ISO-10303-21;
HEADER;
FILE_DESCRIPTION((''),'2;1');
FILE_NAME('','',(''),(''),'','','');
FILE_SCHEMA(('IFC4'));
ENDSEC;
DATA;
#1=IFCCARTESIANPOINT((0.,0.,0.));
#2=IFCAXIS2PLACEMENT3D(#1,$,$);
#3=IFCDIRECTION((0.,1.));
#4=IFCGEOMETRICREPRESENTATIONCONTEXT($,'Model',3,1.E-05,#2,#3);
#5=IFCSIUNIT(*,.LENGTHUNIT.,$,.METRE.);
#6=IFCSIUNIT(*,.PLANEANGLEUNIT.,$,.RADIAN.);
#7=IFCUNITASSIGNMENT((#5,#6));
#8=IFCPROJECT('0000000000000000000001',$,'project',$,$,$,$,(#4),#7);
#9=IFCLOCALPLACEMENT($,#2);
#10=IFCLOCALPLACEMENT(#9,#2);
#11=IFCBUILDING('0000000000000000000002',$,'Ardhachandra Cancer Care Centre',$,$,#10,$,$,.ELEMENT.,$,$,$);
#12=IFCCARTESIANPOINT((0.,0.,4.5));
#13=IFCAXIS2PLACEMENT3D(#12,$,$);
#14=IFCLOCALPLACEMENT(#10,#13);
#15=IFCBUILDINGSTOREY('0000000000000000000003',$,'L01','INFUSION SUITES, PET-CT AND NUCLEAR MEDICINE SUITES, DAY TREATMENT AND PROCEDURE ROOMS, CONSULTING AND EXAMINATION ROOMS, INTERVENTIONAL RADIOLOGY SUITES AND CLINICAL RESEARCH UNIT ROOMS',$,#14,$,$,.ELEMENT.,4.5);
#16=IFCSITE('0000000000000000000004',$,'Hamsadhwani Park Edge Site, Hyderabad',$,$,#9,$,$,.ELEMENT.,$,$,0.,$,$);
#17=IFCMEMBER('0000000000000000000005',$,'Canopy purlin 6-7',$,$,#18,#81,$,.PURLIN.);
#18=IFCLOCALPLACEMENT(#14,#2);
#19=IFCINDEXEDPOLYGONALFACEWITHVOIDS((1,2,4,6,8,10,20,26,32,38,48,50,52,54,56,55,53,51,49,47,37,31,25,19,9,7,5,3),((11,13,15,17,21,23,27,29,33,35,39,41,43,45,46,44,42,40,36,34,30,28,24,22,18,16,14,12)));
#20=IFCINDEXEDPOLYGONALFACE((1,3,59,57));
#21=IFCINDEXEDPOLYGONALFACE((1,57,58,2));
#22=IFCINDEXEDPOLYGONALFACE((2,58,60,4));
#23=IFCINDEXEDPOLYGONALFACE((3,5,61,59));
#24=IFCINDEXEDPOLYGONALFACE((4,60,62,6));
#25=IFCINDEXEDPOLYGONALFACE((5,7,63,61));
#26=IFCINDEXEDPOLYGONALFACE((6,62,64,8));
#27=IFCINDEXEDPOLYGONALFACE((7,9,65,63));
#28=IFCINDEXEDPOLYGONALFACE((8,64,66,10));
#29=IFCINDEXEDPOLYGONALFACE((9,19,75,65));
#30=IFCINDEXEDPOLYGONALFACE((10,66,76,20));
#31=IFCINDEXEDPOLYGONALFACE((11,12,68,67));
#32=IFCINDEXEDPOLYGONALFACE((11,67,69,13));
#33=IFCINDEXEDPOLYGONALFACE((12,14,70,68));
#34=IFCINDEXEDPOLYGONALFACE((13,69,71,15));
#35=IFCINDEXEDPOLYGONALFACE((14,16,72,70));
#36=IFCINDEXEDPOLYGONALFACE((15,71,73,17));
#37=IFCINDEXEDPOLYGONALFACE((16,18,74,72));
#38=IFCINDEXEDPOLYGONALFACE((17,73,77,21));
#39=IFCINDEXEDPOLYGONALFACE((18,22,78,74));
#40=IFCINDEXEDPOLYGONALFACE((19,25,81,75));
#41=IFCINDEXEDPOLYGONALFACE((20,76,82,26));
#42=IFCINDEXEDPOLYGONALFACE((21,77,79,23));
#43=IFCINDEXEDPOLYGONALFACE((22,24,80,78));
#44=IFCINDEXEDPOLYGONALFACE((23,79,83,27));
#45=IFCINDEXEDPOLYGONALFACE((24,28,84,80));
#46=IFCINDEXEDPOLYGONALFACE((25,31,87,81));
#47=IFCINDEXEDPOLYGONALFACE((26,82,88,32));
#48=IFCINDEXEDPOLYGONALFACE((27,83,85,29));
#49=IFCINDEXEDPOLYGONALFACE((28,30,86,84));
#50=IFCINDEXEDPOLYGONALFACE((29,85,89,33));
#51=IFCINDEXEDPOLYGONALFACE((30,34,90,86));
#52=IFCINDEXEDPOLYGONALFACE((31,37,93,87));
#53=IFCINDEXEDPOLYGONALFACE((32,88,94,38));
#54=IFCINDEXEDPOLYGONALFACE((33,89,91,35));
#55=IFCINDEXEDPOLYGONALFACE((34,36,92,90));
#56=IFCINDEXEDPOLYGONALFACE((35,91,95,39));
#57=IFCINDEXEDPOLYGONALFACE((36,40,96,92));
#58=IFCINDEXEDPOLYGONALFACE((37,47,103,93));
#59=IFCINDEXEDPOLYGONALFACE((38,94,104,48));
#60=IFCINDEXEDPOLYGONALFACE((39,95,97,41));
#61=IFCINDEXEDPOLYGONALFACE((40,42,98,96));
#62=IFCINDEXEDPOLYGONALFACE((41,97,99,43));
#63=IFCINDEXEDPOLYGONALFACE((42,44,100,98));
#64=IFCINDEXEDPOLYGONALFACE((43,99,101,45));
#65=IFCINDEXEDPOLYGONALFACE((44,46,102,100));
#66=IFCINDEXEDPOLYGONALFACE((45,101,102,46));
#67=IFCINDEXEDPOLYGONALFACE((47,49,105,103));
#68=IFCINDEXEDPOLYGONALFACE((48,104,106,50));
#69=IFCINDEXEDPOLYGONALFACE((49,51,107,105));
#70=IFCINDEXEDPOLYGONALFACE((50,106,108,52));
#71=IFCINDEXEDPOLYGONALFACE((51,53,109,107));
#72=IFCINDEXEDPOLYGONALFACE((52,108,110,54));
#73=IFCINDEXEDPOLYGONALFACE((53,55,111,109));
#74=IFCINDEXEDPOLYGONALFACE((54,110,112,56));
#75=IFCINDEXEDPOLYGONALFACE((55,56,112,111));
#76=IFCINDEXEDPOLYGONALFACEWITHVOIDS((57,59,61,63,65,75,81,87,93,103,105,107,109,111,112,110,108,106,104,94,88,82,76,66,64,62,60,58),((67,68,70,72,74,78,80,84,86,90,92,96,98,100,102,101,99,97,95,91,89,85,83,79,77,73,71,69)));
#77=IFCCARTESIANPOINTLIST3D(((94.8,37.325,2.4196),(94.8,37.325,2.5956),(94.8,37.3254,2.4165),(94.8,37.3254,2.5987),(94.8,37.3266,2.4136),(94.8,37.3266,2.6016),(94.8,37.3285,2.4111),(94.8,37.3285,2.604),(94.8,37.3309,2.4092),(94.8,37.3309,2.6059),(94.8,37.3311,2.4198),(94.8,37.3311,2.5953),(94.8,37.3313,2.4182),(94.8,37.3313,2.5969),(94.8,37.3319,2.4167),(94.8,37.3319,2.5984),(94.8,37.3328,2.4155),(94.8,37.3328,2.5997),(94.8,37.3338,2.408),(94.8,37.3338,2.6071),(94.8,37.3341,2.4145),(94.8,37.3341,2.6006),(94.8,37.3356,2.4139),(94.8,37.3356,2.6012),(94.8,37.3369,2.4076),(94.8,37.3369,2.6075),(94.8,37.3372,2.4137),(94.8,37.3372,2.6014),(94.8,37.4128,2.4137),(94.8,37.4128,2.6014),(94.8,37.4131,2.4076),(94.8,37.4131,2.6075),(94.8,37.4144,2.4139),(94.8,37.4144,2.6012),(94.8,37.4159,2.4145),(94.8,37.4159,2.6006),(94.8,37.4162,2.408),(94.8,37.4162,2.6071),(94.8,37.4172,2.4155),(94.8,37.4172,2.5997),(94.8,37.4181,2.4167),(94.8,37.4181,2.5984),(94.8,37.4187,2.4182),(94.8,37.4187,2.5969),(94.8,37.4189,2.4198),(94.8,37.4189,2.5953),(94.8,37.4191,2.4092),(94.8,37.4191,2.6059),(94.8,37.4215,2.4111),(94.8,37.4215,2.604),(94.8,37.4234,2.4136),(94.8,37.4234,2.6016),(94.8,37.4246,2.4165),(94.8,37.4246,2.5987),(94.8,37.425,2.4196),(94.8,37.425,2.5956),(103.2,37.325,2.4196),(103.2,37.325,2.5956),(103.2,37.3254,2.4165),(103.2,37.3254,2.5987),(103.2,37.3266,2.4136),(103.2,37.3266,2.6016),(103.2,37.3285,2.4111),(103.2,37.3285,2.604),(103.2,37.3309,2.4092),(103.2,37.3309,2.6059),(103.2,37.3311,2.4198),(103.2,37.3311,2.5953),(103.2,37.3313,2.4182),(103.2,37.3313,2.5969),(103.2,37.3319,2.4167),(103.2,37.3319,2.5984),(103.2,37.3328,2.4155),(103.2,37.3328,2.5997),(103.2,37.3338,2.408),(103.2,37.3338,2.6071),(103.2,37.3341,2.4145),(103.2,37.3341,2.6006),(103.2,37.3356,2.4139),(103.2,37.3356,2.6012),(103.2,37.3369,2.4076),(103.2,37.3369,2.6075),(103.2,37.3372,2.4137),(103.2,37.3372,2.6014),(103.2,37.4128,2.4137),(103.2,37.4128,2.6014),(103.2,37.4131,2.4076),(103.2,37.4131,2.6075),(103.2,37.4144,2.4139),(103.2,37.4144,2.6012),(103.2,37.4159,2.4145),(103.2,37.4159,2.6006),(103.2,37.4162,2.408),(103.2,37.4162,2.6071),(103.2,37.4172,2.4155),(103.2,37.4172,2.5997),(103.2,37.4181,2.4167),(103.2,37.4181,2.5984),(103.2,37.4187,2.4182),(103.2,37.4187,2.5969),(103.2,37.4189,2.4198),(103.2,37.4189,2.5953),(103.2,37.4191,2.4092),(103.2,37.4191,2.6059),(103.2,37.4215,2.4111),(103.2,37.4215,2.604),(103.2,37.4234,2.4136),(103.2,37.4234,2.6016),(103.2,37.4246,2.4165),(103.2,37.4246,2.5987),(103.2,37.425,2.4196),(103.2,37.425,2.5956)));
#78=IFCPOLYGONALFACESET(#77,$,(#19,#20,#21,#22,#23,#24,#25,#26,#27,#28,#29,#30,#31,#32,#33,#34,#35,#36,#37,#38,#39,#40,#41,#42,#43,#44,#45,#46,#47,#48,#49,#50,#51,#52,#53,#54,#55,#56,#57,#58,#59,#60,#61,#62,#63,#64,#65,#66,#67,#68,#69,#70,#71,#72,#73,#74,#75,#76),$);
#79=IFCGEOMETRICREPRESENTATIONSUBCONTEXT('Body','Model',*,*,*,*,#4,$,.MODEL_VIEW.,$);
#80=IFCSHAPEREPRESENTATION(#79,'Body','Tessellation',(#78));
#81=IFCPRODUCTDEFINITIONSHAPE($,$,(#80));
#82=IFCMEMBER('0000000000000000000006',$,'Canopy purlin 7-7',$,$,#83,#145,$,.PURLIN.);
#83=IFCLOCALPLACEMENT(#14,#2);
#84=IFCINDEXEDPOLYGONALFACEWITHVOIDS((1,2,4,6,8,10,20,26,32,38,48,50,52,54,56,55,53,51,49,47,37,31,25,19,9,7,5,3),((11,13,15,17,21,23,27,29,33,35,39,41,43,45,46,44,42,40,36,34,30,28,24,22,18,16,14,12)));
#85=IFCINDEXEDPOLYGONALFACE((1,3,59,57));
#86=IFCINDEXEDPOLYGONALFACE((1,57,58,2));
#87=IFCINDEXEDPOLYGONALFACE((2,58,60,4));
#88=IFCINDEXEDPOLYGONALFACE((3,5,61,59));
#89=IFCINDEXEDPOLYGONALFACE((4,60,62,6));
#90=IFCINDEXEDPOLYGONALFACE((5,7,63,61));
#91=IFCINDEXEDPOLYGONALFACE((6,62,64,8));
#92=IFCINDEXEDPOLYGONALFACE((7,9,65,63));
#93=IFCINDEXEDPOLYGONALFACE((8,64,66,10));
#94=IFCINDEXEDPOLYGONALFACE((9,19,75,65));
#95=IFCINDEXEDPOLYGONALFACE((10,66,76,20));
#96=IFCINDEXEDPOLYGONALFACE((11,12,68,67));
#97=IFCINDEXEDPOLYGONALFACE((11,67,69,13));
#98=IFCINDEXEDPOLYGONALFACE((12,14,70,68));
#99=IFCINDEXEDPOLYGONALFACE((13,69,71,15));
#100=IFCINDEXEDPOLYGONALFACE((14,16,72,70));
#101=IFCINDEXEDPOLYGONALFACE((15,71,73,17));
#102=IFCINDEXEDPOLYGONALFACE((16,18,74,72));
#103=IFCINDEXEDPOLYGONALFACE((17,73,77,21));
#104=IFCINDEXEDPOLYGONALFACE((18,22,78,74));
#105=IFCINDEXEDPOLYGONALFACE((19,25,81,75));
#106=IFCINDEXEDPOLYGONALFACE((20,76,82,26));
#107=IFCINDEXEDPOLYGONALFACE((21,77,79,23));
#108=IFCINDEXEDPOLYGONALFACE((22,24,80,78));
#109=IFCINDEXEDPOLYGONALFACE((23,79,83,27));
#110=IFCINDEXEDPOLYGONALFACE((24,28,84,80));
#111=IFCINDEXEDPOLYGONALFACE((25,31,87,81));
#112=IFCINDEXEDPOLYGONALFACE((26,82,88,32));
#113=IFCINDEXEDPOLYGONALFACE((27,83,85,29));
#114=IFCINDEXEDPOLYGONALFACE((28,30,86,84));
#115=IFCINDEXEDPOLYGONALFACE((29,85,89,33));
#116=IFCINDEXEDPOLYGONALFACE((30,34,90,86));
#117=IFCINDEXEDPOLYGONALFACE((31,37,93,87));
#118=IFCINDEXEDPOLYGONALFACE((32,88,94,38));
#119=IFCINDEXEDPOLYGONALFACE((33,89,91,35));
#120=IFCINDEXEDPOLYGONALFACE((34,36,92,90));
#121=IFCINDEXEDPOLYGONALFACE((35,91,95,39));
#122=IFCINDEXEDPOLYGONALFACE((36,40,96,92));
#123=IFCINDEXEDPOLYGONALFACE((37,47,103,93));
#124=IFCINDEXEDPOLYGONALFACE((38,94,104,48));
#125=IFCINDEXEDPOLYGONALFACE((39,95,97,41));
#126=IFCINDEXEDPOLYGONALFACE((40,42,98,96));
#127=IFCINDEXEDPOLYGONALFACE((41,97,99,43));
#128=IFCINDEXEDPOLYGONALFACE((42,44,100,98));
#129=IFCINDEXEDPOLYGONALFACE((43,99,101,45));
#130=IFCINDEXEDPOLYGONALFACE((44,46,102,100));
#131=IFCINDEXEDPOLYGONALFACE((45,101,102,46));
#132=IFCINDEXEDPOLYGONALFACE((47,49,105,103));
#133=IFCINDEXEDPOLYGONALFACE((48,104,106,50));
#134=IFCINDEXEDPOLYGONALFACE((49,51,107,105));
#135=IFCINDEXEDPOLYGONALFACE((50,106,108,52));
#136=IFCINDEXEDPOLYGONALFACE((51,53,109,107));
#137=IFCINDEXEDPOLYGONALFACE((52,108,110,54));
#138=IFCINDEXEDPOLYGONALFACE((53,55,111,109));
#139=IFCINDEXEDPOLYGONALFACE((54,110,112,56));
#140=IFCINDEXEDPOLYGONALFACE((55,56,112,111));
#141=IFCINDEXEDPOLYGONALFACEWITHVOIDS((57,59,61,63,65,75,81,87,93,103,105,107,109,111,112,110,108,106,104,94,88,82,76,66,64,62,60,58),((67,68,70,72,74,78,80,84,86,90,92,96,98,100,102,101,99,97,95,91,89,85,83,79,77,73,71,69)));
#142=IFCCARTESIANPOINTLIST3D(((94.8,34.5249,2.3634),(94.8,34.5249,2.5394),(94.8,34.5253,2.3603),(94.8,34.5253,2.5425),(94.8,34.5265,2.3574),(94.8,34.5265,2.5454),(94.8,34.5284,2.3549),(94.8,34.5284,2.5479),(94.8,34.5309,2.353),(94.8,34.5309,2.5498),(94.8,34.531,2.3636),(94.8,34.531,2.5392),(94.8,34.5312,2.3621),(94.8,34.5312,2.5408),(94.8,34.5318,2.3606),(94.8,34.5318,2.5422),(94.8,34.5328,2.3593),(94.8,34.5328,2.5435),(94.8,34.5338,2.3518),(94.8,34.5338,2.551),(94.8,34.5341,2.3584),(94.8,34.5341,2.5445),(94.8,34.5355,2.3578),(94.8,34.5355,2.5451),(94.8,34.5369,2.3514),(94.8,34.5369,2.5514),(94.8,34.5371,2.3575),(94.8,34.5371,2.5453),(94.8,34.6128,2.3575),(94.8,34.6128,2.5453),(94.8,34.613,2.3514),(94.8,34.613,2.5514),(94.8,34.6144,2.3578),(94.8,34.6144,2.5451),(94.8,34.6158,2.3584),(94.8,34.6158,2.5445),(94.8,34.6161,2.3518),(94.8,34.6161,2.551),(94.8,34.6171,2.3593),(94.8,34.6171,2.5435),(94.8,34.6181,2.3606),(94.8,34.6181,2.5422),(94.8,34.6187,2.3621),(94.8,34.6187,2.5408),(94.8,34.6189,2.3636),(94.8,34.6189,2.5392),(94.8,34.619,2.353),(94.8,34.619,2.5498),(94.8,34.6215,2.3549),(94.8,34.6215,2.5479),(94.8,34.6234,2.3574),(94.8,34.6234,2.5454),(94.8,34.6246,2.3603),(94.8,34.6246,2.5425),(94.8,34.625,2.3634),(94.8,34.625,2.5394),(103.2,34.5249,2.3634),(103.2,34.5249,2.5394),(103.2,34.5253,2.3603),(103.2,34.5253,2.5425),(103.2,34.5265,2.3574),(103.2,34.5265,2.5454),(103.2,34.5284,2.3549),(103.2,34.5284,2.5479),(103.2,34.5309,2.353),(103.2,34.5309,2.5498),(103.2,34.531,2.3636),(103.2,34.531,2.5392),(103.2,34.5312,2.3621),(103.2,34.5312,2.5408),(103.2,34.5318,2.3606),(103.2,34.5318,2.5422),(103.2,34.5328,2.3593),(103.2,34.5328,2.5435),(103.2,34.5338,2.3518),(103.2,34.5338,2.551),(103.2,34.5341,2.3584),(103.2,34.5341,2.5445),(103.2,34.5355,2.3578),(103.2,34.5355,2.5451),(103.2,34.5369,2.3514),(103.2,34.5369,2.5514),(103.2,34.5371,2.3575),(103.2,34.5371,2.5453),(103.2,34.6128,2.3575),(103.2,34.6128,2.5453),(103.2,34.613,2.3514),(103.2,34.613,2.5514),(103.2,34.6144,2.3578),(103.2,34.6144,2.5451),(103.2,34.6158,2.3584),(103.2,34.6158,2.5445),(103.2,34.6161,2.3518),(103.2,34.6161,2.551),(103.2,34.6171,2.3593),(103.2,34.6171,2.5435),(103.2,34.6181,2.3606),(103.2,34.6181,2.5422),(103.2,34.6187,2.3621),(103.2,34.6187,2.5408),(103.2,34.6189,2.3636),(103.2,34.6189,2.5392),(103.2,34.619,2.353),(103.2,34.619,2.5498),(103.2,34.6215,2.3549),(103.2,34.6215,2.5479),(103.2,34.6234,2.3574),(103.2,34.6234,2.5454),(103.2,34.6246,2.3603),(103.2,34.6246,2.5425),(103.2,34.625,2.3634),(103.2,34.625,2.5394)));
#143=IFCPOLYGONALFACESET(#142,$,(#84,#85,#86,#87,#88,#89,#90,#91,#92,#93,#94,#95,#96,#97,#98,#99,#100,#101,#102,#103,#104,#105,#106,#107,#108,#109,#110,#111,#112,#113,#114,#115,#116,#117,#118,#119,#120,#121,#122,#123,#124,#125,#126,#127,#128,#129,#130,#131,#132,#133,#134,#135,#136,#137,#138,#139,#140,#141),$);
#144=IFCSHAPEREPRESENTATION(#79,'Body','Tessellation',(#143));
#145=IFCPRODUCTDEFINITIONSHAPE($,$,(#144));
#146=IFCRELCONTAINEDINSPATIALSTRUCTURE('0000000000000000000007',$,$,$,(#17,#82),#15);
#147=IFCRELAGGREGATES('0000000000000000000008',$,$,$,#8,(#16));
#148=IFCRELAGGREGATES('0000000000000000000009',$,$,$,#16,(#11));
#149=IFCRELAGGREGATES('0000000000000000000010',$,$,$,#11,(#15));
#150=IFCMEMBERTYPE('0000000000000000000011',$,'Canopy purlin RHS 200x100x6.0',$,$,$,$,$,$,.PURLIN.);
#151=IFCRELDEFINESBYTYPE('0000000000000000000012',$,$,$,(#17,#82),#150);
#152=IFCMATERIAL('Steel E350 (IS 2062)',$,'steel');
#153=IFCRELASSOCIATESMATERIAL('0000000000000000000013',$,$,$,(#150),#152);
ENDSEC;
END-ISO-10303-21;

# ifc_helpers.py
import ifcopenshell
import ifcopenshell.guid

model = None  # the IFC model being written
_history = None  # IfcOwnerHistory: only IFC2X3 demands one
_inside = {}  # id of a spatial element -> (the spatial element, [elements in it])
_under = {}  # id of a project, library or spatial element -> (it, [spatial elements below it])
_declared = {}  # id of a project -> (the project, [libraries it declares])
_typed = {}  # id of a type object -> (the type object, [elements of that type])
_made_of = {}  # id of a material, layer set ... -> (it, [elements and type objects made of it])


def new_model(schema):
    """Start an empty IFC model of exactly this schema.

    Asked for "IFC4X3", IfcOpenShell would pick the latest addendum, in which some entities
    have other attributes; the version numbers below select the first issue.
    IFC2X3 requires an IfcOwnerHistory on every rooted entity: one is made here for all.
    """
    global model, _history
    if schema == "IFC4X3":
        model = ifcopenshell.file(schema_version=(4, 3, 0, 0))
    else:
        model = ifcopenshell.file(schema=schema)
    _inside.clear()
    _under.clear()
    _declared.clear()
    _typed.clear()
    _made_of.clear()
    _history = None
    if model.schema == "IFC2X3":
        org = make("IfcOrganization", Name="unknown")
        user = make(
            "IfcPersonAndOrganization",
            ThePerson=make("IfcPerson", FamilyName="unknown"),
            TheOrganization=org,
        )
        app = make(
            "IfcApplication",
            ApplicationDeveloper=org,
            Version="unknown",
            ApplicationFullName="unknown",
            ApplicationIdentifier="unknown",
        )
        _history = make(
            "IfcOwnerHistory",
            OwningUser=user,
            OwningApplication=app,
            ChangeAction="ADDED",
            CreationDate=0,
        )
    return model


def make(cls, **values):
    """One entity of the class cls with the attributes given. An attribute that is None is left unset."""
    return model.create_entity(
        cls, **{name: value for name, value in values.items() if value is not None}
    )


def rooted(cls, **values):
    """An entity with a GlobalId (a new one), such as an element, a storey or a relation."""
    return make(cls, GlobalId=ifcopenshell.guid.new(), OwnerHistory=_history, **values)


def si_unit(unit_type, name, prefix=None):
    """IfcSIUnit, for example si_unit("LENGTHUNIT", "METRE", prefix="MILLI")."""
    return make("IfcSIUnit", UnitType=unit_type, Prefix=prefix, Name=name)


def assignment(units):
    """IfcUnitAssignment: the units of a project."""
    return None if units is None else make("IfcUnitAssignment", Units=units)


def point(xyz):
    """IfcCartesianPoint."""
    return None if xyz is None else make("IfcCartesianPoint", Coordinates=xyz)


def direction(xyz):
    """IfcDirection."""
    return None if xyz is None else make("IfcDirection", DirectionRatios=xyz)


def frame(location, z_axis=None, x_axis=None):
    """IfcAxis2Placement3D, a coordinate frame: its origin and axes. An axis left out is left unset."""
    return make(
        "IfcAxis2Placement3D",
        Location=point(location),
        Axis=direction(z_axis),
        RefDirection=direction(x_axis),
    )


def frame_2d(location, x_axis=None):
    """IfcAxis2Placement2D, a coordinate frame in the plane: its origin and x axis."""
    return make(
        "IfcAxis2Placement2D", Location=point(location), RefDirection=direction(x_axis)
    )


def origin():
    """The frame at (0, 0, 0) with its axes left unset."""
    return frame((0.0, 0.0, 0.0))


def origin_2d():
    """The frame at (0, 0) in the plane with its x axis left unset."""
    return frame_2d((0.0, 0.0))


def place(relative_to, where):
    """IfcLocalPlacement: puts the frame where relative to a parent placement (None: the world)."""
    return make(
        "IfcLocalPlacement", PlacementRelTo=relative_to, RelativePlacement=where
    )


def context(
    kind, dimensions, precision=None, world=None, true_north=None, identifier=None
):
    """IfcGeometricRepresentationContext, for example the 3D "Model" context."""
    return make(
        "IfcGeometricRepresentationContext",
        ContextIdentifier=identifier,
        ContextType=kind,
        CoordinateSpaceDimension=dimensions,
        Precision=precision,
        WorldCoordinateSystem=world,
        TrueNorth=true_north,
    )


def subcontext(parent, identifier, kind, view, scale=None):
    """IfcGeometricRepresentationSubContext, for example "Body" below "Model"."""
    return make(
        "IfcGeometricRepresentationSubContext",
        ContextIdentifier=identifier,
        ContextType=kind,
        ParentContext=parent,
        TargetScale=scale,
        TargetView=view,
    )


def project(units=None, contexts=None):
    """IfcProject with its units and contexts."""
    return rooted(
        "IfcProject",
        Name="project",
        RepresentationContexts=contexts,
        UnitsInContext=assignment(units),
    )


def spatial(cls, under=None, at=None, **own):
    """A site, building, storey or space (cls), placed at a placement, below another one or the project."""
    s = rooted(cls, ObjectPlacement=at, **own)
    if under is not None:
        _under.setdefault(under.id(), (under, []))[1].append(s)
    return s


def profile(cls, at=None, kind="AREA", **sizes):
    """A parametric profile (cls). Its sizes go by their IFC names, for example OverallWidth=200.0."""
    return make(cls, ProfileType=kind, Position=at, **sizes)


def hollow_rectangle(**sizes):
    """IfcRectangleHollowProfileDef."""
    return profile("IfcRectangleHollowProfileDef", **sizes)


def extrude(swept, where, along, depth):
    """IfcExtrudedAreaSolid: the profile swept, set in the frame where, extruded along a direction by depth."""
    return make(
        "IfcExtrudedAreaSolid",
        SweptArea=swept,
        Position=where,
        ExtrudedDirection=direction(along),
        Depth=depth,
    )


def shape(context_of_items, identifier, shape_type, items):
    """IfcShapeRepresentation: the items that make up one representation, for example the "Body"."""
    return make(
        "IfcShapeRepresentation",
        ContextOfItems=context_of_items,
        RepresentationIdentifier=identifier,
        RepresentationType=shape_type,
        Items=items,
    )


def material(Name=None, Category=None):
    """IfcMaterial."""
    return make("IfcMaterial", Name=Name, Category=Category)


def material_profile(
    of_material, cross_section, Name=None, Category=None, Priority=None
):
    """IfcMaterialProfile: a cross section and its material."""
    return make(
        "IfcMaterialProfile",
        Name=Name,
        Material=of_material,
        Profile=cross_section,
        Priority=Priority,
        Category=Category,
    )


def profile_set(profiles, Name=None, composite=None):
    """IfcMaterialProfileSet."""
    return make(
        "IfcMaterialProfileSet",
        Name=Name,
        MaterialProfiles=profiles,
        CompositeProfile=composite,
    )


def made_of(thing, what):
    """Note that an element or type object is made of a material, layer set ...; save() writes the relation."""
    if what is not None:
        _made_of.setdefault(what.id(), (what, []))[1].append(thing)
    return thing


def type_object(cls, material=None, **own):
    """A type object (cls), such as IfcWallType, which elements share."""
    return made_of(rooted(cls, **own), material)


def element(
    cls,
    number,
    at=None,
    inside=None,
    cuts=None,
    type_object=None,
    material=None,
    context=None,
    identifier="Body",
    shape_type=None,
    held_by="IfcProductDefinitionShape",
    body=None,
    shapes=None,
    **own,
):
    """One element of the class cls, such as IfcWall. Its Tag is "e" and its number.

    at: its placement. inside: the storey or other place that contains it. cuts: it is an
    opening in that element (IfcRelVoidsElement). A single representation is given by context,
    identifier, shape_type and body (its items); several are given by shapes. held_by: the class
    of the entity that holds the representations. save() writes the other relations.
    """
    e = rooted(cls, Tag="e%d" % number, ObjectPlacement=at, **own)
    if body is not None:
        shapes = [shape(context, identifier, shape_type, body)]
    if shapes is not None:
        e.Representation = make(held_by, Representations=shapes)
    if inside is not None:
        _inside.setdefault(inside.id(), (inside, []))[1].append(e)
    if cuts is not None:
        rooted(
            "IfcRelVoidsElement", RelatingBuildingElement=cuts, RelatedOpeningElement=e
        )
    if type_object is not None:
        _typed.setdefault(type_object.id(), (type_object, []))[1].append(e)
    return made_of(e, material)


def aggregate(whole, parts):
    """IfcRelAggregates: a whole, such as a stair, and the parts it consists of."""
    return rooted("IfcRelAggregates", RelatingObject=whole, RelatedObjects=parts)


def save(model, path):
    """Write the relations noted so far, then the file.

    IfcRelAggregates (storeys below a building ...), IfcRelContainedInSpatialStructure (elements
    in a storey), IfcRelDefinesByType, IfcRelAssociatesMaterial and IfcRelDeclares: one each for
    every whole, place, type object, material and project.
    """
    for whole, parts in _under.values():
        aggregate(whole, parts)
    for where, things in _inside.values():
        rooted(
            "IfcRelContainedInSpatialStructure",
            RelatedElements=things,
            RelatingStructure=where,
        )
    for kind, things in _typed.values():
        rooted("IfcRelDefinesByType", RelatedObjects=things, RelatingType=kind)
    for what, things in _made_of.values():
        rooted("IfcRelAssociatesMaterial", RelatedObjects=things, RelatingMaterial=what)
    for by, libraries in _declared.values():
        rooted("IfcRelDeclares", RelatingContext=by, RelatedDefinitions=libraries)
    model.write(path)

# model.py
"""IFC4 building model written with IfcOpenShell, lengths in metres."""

from ifc_helpers import new_model, si_unit, direction, frame, origin, origin_2d, place, context, subcontext, project, spatial, hollow_rectangle, extrude, material, material_profile, profile_set, type_object, element, save


model = new_model("IFC4")

# Units and contexts
model_context = context("Model", 3, precision=1e-05, world=origin(), true_north=direction((0.0, 1.0)))
body_context = subcontext(model_context, "Body", "Model", "MODEL_VIEW")
ifc_project = project(units=[si_unit("LENGTHUNIT", "METRE"), si_unit("PLANEANGLEUNIT", "RADIAN")], contexts=[model_context])

# Site, building, storey
site_placement = place(None, origin())
site = spatial("IfcSite", under=ifc_project, at=site_placement, Name="Hamsadhwani Park Edge Site, Hyderabad", CompositionType="ELEMENT", RefElevation=0.0)
building_placement = place(site_placement, origin())
building = spatial("IfcBuilding", under=site, at=building_placement, Name="Ardhachandra Cancer Care Centre", CompositionType="ELEMENT")
storey_placement = place(building_placement, frame((0.0, 0.0, 4.5)))
storey = spatial("IfcBuildingStorey", under=building, at=storey_placement, Name="L01", Description="INFUSION SUITES, PET-CT AND NUCLEAR MEDICINE SUITES, DAY TREATMENT AND PROCEDURE ROOMS, CONSULTING AND EXAMINATION ROOMS, INTERVENTIONAL RADIOLOGY SUITES AND CLINICAL RESEARCH UNIT ROOMS", CompositionType="ELEMENT", Elevation=4.5)

# Members
ifc_material_1 = material(Name="Steel E350 (IS 2062)", Category="steel")
ifc_material_profile_1 = material_profile(ifc_material_1, hollow_rectangle(XDim=0.1001, YDim=0.2, WallThickness=0.0061, InnerFilletRadius=0.0061, OuterFilletRadius=0.012, at=origin_2d()), Name="RHS 200x100x6.0")
ifc_profile_set_1 = profile_set([ifc_material_profile_1], Name="Steel E350 (IS 2062)")
member_type_1 = type_object("IfcMemberType", Name="Canopy purlin RHS 200x100x6.0", PredefinedType="PURLIN", material=ifc_profile_set_1)
for number, where, z_axis, x_axis, name in (
    (1, (94.8, 37.375, 2.5076), (1.0, 0.0, 0.0), (0.0, 1.0, 0.0), "Canopy purlin 6-7"),
    (2, (94.8, 34.575, 2.4514), (1.0, 0.0, 0.0), (0.0, 1.0, 0.0), "Canopy purlin 7-7"),
):
    element("IfcMember", number, at=place(storey_placement, frame(where, z_axis=z_axis, x_axis=x_axis)), inside=storey, type_object=member_type_1, Name=name, PredefinedType="PURLIN", context=body_context, shape_type="SweptSolid", body=[
        extrude(hollow_rectangle(XDim=0.1001, YDim=0.2, WallThickness=0.0061, InnerFilletRadius=0.0061, OuterFilletRadius=0.012, at=origin_2d()), origin(), (0.0, 0.0, 1.0), 8.3999),
    ])

save(model, "model.ifc")
